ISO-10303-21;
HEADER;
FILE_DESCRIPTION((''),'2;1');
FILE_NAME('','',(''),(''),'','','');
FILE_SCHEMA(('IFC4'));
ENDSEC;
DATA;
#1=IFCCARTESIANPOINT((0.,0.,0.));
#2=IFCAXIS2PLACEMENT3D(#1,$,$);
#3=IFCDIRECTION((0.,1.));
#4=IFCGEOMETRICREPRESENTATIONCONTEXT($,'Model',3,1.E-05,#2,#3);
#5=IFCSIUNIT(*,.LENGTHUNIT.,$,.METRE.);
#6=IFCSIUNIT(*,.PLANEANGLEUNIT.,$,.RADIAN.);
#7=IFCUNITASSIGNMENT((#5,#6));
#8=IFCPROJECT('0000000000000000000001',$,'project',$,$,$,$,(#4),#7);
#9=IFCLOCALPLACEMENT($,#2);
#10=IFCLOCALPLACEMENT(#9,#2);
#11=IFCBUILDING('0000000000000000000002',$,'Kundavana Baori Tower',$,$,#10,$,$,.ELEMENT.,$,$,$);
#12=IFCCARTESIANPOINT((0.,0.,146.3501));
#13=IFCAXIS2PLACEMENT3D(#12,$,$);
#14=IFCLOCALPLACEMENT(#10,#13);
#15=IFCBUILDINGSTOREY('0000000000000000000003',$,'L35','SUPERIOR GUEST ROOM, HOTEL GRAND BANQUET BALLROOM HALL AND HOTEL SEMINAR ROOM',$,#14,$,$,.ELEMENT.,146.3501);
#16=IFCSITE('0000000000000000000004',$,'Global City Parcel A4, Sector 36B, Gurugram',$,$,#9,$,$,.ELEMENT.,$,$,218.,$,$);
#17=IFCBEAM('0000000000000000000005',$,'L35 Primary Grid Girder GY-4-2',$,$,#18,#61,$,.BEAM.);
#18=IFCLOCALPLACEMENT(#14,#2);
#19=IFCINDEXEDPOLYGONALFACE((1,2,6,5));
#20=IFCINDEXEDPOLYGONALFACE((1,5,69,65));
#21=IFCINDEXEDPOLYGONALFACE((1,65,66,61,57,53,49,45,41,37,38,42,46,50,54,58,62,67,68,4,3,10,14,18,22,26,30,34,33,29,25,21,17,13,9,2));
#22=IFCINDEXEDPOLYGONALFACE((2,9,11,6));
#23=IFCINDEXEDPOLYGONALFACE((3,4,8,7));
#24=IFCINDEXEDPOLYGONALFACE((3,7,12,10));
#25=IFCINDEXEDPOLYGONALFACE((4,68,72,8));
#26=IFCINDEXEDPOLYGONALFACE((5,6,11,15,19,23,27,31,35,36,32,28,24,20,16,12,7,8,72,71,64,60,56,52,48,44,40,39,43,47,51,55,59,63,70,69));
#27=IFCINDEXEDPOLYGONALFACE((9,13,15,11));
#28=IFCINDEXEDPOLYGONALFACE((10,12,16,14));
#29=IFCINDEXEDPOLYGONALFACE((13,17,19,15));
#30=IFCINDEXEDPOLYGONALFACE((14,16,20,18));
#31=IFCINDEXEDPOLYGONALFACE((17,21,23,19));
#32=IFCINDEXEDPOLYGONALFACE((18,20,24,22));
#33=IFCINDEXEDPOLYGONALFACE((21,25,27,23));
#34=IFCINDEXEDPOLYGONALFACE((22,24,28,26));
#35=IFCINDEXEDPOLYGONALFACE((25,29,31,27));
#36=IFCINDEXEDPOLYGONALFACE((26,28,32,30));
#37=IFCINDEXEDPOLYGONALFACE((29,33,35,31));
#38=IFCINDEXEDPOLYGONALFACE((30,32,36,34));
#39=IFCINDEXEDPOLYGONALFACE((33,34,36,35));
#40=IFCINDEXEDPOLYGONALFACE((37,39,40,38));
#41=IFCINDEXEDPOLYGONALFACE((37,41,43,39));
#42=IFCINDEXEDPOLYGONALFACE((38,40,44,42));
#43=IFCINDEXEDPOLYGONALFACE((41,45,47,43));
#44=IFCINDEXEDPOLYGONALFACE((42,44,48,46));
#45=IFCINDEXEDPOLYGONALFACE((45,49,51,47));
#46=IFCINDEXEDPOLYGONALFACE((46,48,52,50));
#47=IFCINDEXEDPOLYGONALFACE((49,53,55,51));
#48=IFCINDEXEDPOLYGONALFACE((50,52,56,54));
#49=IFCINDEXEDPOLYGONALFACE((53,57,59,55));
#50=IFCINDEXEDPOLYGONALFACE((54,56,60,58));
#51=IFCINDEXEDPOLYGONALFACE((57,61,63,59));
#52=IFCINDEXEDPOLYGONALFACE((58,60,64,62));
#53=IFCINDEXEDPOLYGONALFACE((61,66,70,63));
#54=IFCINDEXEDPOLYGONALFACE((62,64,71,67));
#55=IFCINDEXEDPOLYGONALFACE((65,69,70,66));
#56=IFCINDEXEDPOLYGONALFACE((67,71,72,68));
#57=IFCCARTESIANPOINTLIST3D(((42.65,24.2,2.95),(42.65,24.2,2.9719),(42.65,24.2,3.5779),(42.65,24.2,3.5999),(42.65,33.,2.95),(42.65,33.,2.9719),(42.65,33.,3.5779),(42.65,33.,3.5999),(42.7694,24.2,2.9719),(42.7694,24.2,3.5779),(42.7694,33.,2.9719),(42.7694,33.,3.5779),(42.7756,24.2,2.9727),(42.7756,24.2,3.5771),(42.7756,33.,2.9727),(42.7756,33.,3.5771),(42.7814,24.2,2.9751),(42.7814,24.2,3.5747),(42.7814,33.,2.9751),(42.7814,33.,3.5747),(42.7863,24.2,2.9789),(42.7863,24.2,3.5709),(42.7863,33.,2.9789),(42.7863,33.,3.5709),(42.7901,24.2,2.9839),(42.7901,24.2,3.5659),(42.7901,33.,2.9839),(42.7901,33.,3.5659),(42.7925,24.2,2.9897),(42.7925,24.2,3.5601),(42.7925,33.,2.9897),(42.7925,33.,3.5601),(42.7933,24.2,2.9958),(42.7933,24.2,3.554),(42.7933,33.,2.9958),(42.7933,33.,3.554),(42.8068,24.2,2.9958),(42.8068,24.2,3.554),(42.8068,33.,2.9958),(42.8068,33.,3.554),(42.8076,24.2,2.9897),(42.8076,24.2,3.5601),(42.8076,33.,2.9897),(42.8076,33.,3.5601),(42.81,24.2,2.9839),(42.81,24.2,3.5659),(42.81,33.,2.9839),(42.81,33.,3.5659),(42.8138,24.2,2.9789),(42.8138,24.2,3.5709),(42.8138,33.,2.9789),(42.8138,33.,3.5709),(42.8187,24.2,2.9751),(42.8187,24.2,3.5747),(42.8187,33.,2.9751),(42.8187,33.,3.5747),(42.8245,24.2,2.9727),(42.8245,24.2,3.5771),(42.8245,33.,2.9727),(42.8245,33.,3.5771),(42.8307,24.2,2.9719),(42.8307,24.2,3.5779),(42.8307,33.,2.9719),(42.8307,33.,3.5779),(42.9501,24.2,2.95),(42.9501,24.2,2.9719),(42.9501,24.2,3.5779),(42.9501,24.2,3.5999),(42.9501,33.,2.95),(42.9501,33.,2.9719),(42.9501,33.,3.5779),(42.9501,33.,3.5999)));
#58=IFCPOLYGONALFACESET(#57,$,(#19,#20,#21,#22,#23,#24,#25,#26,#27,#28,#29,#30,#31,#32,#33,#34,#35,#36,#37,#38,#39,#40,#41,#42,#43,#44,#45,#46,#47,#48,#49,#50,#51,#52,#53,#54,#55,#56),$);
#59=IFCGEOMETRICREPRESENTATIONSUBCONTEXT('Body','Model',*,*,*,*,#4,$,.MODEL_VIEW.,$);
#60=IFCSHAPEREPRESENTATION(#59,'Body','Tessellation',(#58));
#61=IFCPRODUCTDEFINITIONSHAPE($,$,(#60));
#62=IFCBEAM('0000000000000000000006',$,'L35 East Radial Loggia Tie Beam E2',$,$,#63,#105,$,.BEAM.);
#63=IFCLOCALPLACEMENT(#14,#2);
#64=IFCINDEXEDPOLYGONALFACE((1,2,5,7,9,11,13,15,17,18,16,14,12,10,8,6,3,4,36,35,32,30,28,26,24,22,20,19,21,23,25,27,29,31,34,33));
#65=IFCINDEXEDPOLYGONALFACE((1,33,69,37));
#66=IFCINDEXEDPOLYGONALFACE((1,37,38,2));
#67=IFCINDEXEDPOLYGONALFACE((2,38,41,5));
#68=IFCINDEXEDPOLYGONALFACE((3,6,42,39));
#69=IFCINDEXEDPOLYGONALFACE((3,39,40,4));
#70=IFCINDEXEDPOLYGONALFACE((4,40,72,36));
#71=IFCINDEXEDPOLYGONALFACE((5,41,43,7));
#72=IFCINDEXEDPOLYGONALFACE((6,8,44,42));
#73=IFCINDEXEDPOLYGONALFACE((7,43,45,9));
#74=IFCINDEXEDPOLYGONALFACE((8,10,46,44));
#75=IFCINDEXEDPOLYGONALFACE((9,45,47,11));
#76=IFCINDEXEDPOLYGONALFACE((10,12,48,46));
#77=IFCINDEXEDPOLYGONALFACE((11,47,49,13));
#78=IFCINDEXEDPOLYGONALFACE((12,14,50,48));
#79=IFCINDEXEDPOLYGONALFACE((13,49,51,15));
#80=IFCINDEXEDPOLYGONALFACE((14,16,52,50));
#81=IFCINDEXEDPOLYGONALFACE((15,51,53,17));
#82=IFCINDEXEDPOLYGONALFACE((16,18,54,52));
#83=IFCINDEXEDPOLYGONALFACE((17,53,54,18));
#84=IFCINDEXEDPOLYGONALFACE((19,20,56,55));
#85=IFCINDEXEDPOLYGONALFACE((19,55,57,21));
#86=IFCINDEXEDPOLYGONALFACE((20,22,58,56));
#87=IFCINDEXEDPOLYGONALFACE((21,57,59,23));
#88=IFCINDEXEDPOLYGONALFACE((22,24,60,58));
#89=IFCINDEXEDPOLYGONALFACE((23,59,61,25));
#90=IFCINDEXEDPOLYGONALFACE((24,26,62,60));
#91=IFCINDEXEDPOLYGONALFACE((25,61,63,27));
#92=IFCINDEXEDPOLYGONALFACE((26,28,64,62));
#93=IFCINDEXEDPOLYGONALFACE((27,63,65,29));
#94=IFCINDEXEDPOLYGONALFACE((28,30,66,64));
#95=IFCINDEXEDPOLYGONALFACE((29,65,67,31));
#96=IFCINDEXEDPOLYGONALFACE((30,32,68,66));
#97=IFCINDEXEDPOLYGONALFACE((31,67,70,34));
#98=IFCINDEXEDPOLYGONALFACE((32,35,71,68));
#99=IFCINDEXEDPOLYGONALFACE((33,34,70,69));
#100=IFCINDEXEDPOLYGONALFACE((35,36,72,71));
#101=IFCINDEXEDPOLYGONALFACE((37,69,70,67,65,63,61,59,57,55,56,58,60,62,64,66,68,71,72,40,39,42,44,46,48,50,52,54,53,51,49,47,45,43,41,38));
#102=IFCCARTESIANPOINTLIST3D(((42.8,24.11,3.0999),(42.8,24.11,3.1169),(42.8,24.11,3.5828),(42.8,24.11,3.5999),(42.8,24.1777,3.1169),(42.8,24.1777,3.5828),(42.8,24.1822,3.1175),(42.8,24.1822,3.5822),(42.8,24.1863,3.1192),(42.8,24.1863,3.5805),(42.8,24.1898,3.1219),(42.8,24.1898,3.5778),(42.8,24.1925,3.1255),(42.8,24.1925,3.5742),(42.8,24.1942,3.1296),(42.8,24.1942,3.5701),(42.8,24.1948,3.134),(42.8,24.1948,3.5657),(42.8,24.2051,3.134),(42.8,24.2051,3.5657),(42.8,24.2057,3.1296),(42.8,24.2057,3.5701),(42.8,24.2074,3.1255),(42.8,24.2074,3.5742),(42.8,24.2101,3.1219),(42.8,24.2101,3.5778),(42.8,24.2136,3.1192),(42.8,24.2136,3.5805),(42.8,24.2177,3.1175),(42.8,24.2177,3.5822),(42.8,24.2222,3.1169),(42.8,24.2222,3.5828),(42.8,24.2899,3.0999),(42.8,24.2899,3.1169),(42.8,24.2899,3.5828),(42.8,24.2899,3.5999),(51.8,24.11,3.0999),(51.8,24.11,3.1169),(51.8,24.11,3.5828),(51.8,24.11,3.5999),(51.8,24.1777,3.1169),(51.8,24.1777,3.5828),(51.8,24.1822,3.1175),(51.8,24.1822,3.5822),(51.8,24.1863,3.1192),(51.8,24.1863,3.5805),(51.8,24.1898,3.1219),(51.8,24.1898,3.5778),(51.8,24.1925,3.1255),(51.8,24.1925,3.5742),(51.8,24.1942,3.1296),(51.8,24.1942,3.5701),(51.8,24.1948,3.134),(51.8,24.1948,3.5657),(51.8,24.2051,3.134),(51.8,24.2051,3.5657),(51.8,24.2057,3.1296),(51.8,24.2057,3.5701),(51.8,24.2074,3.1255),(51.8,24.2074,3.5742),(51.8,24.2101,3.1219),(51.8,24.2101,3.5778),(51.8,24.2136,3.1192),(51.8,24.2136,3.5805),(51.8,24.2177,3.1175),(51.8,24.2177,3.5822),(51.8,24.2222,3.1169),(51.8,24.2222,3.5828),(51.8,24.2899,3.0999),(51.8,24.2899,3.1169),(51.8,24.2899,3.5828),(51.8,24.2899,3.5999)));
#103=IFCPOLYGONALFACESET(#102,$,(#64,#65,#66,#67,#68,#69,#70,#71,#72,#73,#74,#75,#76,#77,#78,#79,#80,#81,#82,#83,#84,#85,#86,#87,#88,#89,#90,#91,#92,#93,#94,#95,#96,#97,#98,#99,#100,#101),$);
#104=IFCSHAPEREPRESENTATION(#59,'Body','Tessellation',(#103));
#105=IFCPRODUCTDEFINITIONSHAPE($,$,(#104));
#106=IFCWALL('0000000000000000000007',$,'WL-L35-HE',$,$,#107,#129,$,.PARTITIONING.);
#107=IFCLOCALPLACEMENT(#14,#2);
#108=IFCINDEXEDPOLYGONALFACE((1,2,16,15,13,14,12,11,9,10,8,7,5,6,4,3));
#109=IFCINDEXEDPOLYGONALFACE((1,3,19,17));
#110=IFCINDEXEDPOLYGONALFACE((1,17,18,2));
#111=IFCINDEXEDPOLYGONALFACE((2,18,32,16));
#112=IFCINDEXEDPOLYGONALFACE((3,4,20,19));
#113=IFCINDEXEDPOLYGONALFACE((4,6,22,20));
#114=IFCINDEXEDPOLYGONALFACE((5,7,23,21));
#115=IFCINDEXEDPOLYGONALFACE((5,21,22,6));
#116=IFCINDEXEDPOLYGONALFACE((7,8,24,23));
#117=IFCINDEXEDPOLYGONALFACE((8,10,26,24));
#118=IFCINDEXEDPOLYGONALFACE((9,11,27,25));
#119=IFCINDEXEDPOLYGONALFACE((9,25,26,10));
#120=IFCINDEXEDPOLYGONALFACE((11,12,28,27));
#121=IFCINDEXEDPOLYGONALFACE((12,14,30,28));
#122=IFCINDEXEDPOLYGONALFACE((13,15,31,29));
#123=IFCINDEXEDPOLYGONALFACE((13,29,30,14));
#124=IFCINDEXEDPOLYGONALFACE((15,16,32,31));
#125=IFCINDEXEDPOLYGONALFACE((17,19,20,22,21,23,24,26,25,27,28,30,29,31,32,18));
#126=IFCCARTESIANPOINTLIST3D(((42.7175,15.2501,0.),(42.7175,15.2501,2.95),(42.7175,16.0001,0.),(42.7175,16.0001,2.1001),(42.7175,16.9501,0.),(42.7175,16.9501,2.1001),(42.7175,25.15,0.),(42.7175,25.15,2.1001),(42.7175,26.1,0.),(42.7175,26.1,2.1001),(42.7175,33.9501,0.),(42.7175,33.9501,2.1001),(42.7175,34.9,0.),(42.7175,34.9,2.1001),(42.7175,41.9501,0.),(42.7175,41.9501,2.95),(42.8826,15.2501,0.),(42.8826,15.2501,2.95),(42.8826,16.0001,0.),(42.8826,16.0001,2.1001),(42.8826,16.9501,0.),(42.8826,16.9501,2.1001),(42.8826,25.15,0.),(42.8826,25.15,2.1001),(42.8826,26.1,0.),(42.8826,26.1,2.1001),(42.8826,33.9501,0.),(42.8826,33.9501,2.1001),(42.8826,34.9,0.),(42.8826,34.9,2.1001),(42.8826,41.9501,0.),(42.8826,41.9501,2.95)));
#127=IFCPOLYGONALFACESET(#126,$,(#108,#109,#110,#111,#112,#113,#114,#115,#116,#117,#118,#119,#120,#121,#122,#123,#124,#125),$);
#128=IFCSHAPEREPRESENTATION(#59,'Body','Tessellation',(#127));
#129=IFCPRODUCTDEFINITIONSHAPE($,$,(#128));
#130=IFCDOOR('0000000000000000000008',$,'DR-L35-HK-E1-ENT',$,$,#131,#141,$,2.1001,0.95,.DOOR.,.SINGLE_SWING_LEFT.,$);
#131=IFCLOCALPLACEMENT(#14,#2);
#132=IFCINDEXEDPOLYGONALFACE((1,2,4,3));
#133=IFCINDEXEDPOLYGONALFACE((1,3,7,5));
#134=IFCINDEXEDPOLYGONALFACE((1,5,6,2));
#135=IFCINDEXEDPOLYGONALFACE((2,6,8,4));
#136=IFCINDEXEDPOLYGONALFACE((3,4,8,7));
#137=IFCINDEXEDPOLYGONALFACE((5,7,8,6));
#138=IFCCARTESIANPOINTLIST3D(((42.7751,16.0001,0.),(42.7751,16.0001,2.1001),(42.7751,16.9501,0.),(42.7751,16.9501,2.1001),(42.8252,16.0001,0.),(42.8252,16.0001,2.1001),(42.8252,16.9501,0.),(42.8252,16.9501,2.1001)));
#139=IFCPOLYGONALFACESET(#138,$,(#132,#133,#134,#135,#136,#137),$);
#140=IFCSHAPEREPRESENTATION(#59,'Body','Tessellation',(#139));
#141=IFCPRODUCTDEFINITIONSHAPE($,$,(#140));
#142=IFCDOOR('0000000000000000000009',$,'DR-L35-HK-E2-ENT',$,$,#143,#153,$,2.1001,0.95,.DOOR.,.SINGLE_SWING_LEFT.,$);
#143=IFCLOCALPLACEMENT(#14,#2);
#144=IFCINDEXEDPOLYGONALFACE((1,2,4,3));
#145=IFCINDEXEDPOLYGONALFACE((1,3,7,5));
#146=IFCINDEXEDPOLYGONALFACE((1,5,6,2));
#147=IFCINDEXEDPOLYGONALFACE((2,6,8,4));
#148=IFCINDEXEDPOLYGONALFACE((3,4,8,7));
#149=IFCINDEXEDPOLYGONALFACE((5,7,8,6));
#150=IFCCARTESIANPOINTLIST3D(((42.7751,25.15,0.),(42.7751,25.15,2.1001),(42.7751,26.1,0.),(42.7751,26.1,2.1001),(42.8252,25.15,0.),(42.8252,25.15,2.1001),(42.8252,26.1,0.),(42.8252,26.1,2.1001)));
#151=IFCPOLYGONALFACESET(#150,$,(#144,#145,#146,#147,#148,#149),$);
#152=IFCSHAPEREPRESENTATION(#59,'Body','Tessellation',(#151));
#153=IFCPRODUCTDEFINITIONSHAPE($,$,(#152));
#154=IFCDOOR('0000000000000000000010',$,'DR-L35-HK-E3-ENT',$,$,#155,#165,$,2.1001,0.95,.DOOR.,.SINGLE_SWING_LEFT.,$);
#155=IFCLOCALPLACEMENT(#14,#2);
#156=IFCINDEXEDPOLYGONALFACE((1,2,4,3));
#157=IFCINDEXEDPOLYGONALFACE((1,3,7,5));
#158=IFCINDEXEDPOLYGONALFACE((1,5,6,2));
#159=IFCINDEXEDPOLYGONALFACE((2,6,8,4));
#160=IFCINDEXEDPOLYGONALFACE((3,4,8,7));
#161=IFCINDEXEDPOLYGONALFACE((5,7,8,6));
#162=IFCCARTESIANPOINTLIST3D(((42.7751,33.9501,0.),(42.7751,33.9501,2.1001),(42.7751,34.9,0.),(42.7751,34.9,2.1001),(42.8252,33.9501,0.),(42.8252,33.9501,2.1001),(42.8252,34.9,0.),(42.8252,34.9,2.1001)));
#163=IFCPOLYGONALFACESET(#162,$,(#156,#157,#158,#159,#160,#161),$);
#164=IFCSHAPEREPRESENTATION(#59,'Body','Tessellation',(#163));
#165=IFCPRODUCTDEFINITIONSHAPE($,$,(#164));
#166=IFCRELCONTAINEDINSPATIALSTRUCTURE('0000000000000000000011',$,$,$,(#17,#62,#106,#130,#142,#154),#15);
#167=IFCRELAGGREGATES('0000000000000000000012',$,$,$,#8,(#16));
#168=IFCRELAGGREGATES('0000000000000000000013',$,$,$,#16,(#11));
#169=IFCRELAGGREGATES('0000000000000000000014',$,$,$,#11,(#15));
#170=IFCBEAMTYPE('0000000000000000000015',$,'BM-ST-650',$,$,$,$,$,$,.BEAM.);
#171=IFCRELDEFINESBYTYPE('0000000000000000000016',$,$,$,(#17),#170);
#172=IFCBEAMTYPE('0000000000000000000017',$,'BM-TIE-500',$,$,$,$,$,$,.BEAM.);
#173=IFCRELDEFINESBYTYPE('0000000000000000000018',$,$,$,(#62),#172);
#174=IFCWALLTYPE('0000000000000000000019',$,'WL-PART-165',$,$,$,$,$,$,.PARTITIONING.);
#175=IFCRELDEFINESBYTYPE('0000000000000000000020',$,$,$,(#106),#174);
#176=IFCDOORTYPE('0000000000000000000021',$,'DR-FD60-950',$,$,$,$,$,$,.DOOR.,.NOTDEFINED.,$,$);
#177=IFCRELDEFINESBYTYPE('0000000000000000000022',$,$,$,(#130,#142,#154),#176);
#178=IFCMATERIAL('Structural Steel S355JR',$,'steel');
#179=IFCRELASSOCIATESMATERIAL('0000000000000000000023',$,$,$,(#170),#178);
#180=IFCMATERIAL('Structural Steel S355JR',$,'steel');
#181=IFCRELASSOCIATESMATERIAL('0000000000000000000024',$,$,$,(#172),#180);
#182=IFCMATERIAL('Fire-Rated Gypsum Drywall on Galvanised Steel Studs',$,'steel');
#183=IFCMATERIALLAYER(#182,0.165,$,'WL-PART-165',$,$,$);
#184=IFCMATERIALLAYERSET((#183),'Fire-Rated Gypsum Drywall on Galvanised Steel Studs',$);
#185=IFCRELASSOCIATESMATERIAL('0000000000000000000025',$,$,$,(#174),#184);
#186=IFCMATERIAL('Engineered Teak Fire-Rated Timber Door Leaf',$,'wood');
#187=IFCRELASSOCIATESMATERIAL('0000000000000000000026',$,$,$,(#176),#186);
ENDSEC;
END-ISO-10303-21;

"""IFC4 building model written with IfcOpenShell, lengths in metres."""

from ifc_helpers import new_model, si_unit, direction, frame, frame_2d, origin, origin_2d, place, context, subcontext, project, spatial, rectangle, i_section, extrude, material, layer, layer_set, material_profile, profile_set, type_object, element, fill, save


model = new_model("IFC4")

# Units and contexts
model_context = context("Model", 3, precision=1e-05, world=origin(), true_north=direction((0.0, 1.0)))
body_context = subcontext(model_context, "Body", "Model", "MODEL_VIEW")
ifc_project = project(units=[si_unit("LENGTHUNIT", "METRE"), si_unit("PLANEANGLEUNIT", "RADIAN")], contexts=[model_context])

# Site, building, storey
site_placement = place(None, origin())
site = spatial("IfcSite", under=ifc_project, at=site_placement, Name="Global City Parcel A4, Sector 36B, Gurugram", CompositionType="ELEMENT", RefElevation=218.0)
building_placement = place(site_placement, origin())
building = spatial("IfcBuilding", under=site, at=building_placement, Name="Kundavana Baori Tower", CompositionType="ELEMENT")
storey_placement = place(building_placement, frame((0.0, 0.0, 146.3501)))
storey = spatial("IfcBuildingStorey", under=building, at=storey_placement, Name="L35", Description="SUPERIOR GUEST ROOM, HOTEL GRAND BANQUET BALLROOM HALL AND HOTEL SEMINAR ROOM", CompositionType="ELEMENT", Elevation=146.3501)

# Beams
ifc_material_1 = material(Name="Structural Steel S355JR", Category="steel")
ifc_material_profile_1 = material_profile(ifc_material_1, i_section(OverallWidth=0.3, OverallDepth=0.6499, WebThickness=0.0134, FlangeThickness=0.022, FilletRadius=0.0239, at=origin_2d()), Name="NPB 650x300x155")
ifc_profile_set_1 = profile_set([ifc_material_profile_1], Name="Structural Steel S355JR")
beam_type_1 = type_object("IfcBeamType", Name="BM-ST-650", PredefinedType="BEAM", material=ifc_profile_set_1)
beam_1_placement = place(storey_placement, frame((42.8, 24.2, 3.2749), z_axis=(0.0, 1.0, 0.0), x_axis=(-1.0, 0.0, 0.0)))
element("IfcBeam", 1, at=beam_1_placement, inside=storey, type_object=beam_type_1, Name="L35 Primary Grid Girder GY-4-2", PredefinedType="BEAM", context=body_context, shape_type="SweptSolid", body=[
    extrude(i_section(OverallWidth=0.3, OverallDepth=0.6499, WebThickness=0.0134, FlangeThickness=0.022, FilletRadius=0.0239, at=origin_2d()), origin(), (0.0, 0.0, 1.0), 8.8),
])
ifc_material_2 = material(Name="Structural Steel S355JR", Category="steel")
ifc_material_profile_2 = material_profile(ifc_material_2, i_section(OverallWidth=0.1799, OverallDepth=0.5, WebThickness=0.0103, FlangeThickness=0.0171, FilletRadius=0.0171, at=origin_2d()), Name="ISMB 500")
ifc_profile_set_2 = profile_set([ifc_material_profile_2], Name="Structural Steel S355JR")
beam_type_2 = type_object("IfcBeamType", Name="BM-TIE-500", PredefinedType="BEAM", material=ifc_profile_set_2)
beam_2_placement = place(storey_placement, frame((42.8, 24.2, 3.3499), z_axis=(1.0, 0.0, 0.0), x_axis=(0.0, 1.0, 0.0)))
element("IfcBeam", 2, at=beam_2_placement, inside=storey, type_object=beam_type_2, Name="L35 East Radial Loggia Tie Beam E2", PredefinedType="BEAM", context=body_context, shape_type="SweptSolid", body=[
    extrude(i_section(OverallWidth=0.1799, OverallDepth=0.5, WebThickness=0.0103, FlangeThickness=0.0171, FilletRadius=0.0171, at=origin_2d()), origin(), (0.0, 0.0, 1.0), 9.0),
])

# Wall, openings, doors
ifc_material_3 = material(Name="Fire-Rated Gypsum Drywall on Galvanised Steel Studs", Category="steel")
ifc_layer_1 = layer(ifc_material_3, 0.165, Name="WL-PART-165")
ifc_layer_set_1 = layer_set([ifc_layer_1], Name="Fire-Rated Gypsum Drywall on Galvanised Steel Studs")
wall_type_1 = type_object("IfcWallType", Name="WL-PART-165", PredefinedType="PARTITIONING", material=ifc_layer_set_1)
wall_1_placement = place(storey_placement, frame((42.8, 15.25, 0.0), z_axis=(0.0, 0.0, 1.0), x_axis=(0.0, 1.0, 0.0)))
wall_1 = element("IfcWall", 3, at=wall_1_placement, inside=storey, type_object=wall_type_1, Name="WL-L35-HE", PredefinedType="PARTITIONING", context=body_context, shape_type="SweptSolid", body=[
    extrude(rectangle(XDim=26.7, YDim=0.165, at=frame_2d((13.3501, 0.0))), origin(), (0.0, 0.0, 1.0), 2.95),
])
opening_1_placement = place(wall_1_placement, frame((0.75, 0.0, 0.0)))
opening_1 = element("IfcOpeningElement", 4, at=opening_1_placement, cuts=wall_1, PredefinedType="OPENING", context=body_context, shape_type="SweptSolid", body=[
    extrude(rectangle(XDim=0.95, YDim=2.1001, at=frame_2d((0.4751, 1.05))), frame((0.0, 0.0925, 0.0), z_axis=(0.0, -1.0, 0.0), x_axis=(1.0, 0.0, 0.0)), (0.0, 0.0, 1.0), 0.1851),
])
opening_2_placement = place(wall_1_placement, frame((9.8999, 0.0, 0.0)))
opening_2 = element("IfcOpeningElement", 5, at=opening_2_placement, cuts=wall_1, PredefinedType="OPENING", context=body_context, shape_type="SweptSolid", body=[
    extrude(rectangle(XDim=0.95, YDim=2.1001, at=frame_2d((0.4751, 1.05))), frame((0.0, 0.0925, 0.0), z_axis=(0.0, -1.0, 0.0), x_axis=(1.0, 0.0, 0.0)), (0.0, 0.0, 1.0), 0.1851),
])
opening_3_placement = place(wall_1_placement, frame((18.7, 0.0, 0.0)))
opening_3 = element("IfcOpeningElement", 6, at=opening_3_placement, cuts=wall_1, PredefinedType="OPENING", context=body_context, shape_type="SweptSolid", body=[
    extrude(rectangle(XDim=0.95, YDim=2.1001, at=frame_2d((0.4751, 1.05))), frame((0.0, 0.0925, 0.0), z_axis=(0.0, -1.0, 0.0), x_axis=(1.0, 0.0, 0.0)), (0.0, 0.0, 1.0), 0.1851),
])
ifc_material_4 = material(Name="Engineered Teak Fire-Rated Timber Door Leaf", Category="wood")
door_type_1 = type_object("IfcDoorType", Name="DR-FD60-950", OperationType="NOTDEFINED", PredefinedType="DOOR", material=ifc_material_4)
door_1_placement = place(opening_1_placement, origin())
door_1 = element("IfcDoor", 7, at=door_1_placement, inside=storey, type_object=door_type_1, Name="DR-L35-HK-E1-ENT", OperationType="SINGLE_SWING_LEFT", OverallHeight=2.1001, OverallWidth=0.95, PredefinedType="DOOR", context=body_context, shape_type="SweptSolid", body=[
    extrude(rectangle(XDim=0.95, YDim=2.1001, at=frame_2d((0.4751, 1.05))), frame((0.0, 0.0249, 0.0), z_axis=(0.0, -1.0, 0.0), x_axis=(1.0, 0.0, 0.0)), (0.0, 0.0, 1.0), 0.05),
])
fill(opening_1, door_1)
door_2_placement = place(opening_2_placement, origin())
door_2 = element("IfcDoor", 8, at=door_2_placement, inside=storey, type_object=door_type_1, Name="DR-L35-HK-E2-ENT", OperationType="SINGLE_SWING_LEFT", OverallHeight=2.1001, OverallWidth=0.95, PredefinedType="DOOR", context=body_context, shape_type="SweptSolid", body=[
    extrude(rectangle(XDim=0.95, YDim=2.1001, at=frame_2d((0.4751, 1.05))), frame((0.0, 0.0249, 0.0), z_axis=(0.0, -1.0, 0.0), x_axis=(1.0, 0.0, 0.0)), (0.0, 0.0, 1.0), 0.05),
])
fill(opening_2, door_2)
door_3_placement = place(opening_3_placement, origin())
door_3 = element("IfcDoor", 9, at=door_3_placement, inside=storey, type_object=door_type_1, Name="DR-L35-HK-E3-ENT", OperationType="SINGLE_SWING_LEFT", OverallHeight=2.1001, OverallWidth=0.95, PredefinedType="DOOR", context=body_context, shape_type="SweptSolid", body=[
    extrude(rectangle(XDim=0.95, YDim=2.1001, at=frame_2d((0.4751, 1.05))), frame((0.0, 0.0249, 0.0), z_axis=(0.0, -1.0, 0.0), x_axis=(1.0, 0.0, 0.0)), (0.0, 0.0, 1.0), 0.05),
])
fill(opening_3, door_3)

save(model, "model.ifc")
